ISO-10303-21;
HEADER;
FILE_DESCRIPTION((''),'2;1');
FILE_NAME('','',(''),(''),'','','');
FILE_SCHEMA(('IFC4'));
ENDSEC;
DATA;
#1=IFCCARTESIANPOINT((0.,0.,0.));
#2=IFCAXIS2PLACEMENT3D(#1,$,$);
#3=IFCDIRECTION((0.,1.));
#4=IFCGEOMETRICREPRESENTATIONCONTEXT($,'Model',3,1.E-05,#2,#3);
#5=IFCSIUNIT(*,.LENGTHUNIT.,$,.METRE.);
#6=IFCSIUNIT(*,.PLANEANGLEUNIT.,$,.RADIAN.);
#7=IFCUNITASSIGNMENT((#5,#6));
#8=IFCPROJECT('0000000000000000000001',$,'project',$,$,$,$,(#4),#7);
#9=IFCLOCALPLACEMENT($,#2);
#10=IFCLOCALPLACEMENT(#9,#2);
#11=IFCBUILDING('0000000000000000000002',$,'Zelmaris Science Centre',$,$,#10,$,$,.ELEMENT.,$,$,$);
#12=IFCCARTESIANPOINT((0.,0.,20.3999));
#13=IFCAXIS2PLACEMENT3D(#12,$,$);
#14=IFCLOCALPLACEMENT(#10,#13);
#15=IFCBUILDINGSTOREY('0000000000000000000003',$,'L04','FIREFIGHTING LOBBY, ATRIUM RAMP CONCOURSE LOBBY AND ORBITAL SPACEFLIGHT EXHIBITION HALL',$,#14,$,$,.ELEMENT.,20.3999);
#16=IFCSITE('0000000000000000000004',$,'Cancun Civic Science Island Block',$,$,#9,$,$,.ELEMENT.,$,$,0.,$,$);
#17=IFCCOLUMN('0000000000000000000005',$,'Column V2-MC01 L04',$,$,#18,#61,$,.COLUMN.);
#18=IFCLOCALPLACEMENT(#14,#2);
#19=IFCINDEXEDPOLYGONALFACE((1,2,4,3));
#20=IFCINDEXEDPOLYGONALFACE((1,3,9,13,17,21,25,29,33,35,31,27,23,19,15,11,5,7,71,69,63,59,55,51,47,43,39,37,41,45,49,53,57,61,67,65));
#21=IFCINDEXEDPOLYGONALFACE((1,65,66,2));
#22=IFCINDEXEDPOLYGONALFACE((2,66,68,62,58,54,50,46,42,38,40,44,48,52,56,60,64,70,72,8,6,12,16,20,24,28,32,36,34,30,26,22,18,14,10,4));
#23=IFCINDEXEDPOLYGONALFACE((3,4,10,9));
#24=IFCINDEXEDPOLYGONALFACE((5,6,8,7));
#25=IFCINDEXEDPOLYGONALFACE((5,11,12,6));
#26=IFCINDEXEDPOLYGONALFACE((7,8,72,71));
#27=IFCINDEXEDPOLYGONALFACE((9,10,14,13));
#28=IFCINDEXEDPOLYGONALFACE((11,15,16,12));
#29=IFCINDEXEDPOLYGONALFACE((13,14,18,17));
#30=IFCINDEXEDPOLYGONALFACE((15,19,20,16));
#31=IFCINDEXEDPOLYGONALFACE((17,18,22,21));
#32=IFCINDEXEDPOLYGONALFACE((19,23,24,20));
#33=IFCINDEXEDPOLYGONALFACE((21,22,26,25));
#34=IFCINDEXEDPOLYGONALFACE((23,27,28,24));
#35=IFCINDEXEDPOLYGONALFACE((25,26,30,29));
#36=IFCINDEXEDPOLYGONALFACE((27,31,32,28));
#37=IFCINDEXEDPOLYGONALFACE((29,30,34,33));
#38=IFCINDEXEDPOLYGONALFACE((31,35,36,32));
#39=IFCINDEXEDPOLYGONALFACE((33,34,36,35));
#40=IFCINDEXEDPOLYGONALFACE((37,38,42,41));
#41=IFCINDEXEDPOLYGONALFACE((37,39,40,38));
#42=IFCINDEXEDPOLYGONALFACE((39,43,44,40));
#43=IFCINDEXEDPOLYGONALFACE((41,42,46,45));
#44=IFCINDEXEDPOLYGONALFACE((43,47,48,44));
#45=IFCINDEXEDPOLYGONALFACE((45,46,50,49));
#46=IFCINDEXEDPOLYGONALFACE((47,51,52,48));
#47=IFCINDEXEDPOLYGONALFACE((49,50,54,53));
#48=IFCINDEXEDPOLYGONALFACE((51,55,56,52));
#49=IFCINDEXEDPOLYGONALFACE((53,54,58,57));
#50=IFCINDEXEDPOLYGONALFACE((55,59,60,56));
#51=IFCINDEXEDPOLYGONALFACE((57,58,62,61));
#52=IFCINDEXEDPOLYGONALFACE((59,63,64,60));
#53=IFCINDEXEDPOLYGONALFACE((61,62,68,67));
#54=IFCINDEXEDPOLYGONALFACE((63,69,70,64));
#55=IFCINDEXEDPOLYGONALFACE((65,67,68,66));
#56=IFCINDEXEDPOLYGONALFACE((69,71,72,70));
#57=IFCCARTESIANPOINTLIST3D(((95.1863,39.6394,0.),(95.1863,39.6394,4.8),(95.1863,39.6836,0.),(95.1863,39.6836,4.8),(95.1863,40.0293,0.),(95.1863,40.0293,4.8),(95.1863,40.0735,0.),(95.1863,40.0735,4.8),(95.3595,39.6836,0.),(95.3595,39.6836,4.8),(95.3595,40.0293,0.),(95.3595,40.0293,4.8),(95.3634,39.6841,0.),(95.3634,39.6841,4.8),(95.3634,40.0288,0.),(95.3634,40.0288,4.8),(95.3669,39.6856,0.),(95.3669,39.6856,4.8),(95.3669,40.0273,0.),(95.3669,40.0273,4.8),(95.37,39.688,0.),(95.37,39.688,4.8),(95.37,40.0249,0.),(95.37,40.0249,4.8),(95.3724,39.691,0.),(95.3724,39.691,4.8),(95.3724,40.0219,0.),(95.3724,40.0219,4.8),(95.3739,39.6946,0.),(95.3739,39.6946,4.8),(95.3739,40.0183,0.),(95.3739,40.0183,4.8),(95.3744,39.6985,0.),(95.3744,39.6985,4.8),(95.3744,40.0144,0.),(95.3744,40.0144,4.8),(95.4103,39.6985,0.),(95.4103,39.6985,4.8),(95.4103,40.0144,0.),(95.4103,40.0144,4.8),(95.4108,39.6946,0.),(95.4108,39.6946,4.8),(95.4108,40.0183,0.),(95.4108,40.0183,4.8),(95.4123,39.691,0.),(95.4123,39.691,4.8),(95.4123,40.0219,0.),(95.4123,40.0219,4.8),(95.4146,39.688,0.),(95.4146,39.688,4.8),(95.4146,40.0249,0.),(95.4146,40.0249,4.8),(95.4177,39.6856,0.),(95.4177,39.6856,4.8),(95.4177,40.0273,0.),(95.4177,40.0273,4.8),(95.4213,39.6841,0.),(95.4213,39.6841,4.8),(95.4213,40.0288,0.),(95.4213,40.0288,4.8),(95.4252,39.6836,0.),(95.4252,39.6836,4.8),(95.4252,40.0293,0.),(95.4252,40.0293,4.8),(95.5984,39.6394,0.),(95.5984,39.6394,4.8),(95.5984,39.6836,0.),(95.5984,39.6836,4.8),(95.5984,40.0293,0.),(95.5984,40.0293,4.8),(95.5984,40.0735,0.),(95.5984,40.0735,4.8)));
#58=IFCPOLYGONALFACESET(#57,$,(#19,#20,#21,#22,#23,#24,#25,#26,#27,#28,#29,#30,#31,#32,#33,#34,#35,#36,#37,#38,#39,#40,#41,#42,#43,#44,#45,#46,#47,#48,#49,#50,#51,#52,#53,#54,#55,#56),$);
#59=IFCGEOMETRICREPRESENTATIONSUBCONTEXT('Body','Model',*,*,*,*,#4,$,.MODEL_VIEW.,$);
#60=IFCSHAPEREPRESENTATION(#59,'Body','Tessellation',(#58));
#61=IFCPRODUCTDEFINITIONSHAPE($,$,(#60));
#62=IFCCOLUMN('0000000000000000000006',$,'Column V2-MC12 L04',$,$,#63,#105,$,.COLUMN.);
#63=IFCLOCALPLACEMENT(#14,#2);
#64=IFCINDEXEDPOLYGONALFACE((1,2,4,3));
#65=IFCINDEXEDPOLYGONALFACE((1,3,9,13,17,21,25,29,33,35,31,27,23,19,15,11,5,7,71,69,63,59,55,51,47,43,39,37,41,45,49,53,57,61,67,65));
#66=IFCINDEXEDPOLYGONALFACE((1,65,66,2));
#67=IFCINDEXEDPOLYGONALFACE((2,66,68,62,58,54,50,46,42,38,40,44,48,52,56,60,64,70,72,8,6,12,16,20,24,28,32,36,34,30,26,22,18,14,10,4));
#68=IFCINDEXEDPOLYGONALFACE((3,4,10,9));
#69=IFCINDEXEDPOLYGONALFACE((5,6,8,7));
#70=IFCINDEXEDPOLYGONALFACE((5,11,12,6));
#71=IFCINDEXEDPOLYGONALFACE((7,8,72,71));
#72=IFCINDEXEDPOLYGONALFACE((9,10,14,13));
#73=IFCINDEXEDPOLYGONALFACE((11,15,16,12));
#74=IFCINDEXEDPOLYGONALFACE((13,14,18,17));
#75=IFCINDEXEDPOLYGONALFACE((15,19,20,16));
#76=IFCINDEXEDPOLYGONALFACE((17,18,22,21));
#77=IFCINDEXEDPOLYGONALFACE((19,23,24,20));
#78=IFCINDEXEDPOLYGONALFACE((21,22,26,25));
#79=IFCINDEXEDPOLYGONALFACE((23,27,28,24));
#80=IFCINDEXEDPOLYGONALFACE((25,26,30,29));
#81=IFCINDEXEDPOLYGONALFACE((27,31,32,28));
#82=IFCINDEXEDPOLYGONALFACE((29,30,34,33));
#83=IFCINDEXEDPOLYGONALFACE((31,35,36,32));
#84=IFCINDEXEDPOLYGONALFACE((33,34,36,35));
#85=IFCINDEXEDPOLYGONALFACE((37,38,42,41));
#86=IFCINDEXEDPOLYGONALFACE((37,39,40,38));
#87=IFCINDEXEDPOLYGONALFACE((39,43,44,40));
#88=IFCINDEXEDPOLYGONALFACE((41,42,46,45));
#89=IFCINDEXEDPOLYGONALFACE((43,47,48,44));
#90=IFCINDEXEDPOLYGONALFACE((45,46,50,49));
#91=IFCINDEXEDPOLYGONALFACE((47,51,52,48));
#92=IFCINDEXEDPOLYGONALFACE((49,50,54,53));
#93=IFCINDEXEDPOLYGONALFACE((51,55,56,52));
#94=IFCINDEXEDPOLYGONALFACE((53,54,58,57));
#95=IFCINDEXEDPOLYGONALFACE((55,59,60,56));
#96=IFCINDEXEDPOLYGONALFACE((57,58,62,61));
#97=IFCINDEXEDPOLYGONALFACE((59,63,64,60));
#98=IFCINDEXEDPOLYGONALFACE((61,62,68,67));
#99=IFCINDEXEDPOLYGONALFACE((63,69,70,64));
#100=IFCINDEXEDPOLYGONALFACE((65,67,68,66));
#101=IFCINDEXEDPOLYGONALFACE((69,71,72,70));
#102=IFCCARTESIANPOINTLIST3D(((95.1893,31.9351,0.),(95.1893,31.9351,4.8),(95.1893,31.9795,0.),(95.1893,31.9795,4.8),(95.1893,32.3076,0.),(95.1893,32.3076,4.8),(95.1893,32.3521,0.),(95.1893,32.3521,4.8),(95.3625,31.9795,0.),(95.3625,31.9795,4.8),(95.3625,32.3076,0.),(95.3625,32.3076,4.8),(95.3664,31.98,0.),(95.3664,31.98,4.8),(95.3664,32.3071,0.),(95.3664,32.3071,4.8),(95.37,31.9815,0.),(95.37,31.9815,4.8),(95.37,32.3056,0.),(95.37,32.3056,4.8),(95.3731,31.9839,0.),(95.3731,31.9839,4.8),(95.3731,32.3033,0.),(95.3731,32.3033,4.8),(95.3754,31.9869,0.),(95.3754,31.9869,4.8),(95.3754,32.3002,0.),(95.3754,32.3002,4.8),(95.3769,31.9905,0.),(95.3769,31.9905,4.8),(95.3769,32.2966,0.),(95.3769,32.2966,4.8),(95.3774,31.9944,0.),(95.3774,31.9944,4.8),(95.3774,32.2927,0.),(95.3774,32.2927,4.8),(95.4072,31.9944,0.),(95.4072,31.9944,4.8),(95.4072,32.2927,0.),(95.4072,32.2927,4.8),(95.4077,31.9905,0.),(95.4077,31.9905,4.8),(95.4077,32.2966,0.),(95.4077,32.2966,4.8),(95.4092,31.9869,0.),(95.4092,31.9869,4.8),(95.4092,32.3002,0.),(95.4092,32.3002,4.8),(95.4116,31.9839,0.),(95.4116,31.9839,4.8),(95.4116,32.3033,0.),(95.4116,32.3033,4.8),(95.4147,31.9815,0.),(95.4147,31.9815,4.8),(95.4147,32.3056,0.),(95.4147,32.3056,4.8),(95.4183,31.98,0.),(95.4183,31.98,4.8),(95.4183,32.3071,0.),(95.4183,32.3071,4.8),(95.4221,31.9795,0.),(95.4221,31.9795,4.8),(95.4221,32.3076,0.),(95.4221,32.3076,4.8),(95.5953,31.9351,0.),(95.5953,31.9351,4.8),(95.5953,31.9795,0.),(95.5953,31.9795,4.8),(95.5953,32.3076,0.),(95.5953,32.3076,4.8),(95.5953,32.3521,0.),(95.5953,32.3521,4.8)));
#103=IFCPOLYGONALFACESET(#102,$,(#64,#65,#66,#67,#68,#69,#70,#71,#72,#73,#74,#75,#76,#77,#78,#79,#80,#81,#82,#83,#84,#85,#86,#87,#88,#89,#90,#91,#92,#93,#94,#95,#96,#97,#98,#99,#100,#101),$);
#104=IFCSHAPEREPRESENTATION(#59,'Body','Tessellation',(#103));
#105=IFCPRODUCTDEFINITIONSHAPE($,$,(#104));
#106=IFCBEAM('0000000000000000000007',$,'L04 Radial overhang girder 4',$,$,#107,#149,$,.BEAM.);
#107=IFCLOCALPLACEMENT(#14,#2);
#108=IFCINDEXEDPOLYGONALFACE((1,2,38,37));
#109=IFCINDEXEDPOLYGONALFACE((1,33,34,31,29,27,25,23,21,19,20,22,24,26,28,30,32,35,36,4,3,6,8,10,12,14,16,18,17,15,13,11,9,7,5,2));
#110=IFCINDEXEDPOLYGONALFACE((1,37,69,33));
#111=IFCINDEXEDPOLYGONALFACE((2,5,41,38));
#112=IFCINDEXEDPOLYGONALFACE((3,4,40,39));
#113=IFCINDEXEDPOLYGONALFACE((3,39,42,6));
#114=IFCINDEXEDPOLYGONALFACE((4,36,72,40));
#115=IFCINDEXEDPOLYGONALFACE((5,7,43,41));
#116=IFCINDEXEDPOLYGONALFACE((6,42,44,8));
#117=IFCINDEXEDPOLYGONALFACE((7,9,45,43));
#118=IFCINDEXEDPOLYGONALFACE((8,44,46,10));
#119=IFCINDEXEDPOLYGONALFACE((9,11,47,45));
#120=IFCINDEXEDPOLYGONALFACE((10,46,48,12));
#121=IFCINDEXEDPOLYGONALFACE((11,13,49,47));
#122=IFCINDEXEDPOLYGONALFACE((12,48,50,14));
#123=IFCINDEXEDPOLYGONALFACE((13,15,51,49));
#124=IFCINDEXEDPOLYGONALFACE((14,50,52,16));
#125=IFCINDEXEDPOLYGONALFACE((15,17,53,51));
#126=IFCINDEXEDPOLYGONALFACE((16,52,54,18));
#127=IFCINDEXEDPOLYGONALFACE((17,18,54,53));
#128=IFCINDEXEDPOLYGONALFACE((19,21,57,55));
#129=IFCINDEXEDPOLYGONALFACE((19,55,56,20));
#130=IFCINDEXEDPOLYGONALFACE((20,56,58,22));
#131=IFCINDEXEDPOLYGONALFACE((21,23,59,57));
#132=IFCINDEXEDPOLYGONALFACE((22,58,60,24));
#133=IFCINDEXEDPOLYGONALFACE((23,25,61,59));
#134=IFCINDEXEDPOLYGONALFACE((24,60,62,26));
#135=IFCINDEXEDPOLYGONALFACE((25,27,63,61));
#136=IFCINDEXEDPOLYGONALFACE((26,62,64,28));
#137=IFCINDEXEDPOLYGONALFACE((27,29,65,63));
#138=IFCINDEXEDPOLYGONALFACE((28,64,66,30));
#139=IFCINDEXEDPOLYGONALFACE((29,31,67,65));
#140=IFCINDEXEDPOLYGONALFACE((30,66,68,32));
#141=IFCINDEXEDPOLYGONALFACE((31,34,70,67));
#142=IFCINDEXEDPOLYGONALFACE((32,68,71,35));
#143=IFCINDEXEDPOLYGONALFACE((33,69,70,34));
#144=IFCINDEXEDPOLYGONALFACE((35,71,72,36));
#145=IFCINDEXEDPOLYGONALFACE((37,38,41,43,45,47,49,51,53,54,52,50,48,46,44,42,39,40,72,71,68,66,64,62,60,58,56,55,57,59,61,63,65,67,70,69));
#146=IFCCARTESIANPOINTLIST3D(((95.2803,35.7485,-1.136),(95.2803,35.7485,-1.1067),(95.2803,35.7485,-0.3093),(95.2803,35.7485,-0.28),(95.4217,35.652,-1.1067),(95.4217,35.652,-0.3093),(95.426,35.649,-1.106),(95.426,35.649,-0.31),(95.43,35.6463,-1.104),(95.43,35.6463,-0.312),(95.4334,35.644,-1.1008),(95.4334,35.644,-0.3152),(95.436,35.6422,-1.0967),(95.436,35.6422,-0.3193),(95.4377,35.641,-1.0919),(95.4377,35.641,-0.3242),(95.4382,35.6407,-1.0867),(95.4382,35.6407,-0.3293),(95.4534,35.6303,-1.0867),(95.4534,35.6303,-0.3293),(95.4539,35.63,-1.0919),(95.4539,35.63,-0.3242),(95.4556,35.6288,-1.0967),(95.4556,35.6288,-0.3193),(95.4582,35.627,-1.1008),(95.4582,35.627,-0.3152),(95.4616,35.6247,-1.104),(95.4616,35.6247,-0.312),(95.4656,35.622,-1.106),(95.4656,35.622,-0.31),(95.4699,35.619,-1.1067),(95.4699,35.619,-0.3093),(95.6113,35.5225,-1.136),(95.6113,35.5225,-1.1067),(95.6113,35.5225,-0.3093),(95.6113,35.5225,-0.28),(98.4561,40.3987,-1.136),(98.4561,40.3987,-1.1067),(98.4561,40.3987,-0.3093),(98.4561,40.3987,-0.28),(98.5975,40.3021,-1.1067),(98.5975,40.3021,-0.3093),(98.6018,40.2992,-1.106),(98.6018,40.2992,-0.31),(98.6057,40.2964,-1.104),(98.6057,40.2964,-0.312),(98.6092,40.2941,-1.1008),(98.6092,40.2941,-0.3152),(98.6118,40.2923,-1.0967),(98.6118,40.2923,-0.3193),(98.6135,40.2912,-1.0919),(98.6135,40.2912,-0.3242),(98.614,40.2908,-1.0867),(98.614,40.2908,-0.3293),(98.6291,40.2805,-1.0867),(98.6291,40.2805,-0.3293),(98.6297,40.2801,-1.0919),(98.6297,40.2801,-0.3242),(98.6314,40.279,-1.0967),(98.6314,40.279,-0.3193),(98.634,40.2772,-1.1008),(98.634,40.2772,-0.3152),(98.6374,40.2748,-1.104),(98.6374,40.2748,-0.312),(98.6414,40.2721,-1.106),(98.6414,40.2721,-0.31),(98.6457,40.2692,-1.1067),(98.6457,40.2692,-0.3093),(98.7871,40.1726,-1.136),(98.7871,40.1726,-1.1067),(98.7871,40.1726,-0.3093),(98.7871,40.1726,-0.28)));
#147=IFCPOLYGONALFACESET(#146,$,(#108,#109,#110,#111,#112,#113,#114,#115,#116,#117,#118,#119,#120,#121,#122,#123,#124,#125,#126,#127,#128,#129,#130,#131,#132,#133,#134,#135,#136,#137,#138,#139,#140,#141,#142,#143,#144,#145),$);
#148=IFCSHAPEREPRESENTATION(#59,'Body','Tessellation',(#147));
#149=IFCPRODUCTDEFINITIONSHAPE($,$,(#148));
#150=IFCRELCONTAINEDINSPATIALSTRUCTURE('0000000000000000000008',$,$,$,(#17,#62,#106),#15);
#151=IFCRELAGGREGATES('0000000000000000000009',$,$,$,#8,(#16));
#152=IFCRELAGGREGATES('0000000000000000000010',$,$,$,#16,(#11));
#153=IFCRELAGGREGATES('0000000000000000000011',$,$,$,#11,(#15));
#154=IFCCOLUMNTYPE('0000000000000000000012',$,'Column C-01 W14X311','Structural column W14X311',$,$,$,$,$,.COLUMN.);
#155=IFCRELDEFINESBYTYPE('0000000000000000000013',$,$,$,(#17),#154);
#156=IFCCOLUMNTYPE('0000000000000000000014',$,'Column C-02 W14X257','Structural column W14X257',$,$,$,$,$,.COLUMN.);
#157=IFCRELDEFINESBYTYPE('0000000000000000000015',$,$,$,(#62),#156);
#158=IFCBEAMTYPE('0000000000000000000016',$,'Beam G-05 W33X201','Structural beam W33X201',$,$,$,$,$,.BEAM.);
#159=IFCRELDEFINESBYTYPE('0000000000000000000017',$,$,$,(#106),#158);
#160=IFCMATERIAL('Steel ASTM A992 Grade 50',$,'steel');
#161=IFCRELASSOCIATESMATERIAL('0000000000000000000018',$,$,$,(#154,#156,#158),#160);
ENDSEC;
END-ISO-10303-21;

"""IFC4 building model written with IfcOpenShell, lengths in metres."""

from ifc_helpers import new_model, si_unit, direction, frame, origin, origin_2d, place, context, subcontext, project, spatial, i_section, extrude, material, material_profile, profile_set, type_object, element, save


model = new_model("IFC4")

# Units and contexts
model_context = context("Model", 3, precision=1e-05, world=origin(), true_north=direction((0.0, 1.0)))
body_context = subcontext(model_context, "Body", "Model", "MODEL_VIEW")
ifc_project = project(units=[si_unit("LENGTHUNIT", "METRE"), si_unit("PLANEANGLEUNIT", "RADIAN")], contexts=[model_context])

# Site, building, storey
site_placement = place(None, origin())
site = spatial("IfcSite", under=ifc_project, at=site_placement, Name="Cancun Civic Science Island Block", CompositionType="ELEMENT", RefElevation=0.0)
building_placement = place(site_placement, origin())
building = spatial("IfcBuilding", under=site, at=building_placement, Name="Zelmaris Science Centre", CompositionType="ELEMENT")
storey_placement = place(building_placement, frame((0.0, 0.0, 20.3999)))
storey = spatial("IfcBuildingStorey", under=building, at=storey_placement, Name="L04", Description="FIREFIGHTING LOBBY, ATRIUM RAMP CONCOURSE LOBBY AND ORBITAL SPACEFLIGHT EXHIBITION HALL", CompositionType="ELEMENT", Elevation=20.3999)

# Columns
ifc_material_1 = material(Name="Steel ASTM A992 Grade 50", Category="steel")
ifc_material_profile_1 = material_profile(ifc_material_1, i_section(OverallWidth=0.4121, OverallDepth=0.4341, WebThickness=0.0359, FlangeThickness=0.0442, FilletRadius=0.0149, at=origin_2d()), Name="W14X311")
ifc_profile_set_1 = profile_set([ifc_material_profile_1], Name="Steel ASTM A992 Grade 50")
column_type_1 = type_object("IfcColumnType", Name="Column C-01 W14X311", Description="Structural column W14X311", PredefinedType="COLUMN", material=ifc_profile_set_1)
column_1_placement = place(storey_placement, frame((95.3923, 39.8564, 0.0), z_axis=(0.0, 0.0, 1.0), x_axis=(1.0, 0.0, 0.0)))
element("IfcColumn", 1, at=column_1_placement, inside=storey, type_object=column_type_1, Name="Column V2-MC01 L04", PredefinedType="COLUMN", context=body_context, shape_type="SweptSolid", body=[
    extrude(i_section(OverallWidth=0.4121, OverallDepth=0.4341, WebThickness=0.0359, FlangeThickness=0.0442, FilletRadius=0.0149, at=origin_2d()), origin(), (0.0, 0.0, 1.0), 4.8),
])
ifc_material_profile_2 = material_profile(ifc_material_1, i_section(OverallWidth=0.406, OverallDepth=0.417, WebThickness=0.0298, FlangeThickness=0.0444, FilletRadius=0.0149, at=origin_2d()), Name="W14X257")
ifc_profile_set_2 = profile_set([ifc_material_profile_2], Name="Steel ASTM A992 Grade 50")
column_type_2 = type_object("IfcColumnType", Name="Column C-02 W14X257", Description="Structural column W14X257", PredefinedType="COLUMN", material=ifc_profile_set_2)
column_2_placement = place(storey_placement, frame((95.3923, 32.1436, 0.0), z_axis=(0.0, 0.0, 1.0), x_axis=(1.0, 0.0, 0.0)))
element("IfcColumn", 2, at=column_2_placement, inside=storey, type_object=column_type_2, Name="Column V2-MC12 L04", PredefinedType="COLUMN", context=body_context, shape_type="SweptSolid", body=[
    extrude(i_section(OverallWidth=0.406, OverallDepth=0.417, WebThickness=0.0298, FlangeThickness=0.0444, FilletRadius=0.0149, at=origin_2d()), origin(), (0.0, 0.0, 1.0), 4.8),
])

# Beam
ifc_material_profile_3 = material_profile(ifc_material_1, i_section(OverallWidth=0.4009, OverallDepth=0.856, WebThickness=0.0183, FlangeThickness=0.0293, FilletRadius=0.02, at=origin_2d()), Name="W33X201")
ifc_profile_set_3 = profile_set([ifc_material_profile_3], Name="Steel ASTM A992 Grade 50")
beam_type_1 = type_object("IfcBeamType", Name="Beam G-05 W33X201", Description="Structural beam W33X201", PredefinedType="BEAM", material=ifc_profile_set_3)
beam_1_placement = place(storey_placement, frame((95.4458, 35.6355, -0.708), z_axis=(0.56397, 0.825795, 0.0), x_axis=(-0.825795, 0.56397, 0.0)))
element("IfcBeam", 3, at=beam_1_placement, inside=storey, type_object=beam_type_1, Name="L04 Radial overhang girder 4", PredefinedType="BEAM", context=body_context, shape_type="SweptSolid", body=[
    extrude(i_section(OverallWidth=0.4009, OverallDepth=0.856, WebThickness=0.0183, FlangeThickness=0.0293, FilletRadius=0.02, at=origin_2d()), origin(), (0.0, 0.0, 1.0), 5.6311),
])

save(model, "model.ifc")
